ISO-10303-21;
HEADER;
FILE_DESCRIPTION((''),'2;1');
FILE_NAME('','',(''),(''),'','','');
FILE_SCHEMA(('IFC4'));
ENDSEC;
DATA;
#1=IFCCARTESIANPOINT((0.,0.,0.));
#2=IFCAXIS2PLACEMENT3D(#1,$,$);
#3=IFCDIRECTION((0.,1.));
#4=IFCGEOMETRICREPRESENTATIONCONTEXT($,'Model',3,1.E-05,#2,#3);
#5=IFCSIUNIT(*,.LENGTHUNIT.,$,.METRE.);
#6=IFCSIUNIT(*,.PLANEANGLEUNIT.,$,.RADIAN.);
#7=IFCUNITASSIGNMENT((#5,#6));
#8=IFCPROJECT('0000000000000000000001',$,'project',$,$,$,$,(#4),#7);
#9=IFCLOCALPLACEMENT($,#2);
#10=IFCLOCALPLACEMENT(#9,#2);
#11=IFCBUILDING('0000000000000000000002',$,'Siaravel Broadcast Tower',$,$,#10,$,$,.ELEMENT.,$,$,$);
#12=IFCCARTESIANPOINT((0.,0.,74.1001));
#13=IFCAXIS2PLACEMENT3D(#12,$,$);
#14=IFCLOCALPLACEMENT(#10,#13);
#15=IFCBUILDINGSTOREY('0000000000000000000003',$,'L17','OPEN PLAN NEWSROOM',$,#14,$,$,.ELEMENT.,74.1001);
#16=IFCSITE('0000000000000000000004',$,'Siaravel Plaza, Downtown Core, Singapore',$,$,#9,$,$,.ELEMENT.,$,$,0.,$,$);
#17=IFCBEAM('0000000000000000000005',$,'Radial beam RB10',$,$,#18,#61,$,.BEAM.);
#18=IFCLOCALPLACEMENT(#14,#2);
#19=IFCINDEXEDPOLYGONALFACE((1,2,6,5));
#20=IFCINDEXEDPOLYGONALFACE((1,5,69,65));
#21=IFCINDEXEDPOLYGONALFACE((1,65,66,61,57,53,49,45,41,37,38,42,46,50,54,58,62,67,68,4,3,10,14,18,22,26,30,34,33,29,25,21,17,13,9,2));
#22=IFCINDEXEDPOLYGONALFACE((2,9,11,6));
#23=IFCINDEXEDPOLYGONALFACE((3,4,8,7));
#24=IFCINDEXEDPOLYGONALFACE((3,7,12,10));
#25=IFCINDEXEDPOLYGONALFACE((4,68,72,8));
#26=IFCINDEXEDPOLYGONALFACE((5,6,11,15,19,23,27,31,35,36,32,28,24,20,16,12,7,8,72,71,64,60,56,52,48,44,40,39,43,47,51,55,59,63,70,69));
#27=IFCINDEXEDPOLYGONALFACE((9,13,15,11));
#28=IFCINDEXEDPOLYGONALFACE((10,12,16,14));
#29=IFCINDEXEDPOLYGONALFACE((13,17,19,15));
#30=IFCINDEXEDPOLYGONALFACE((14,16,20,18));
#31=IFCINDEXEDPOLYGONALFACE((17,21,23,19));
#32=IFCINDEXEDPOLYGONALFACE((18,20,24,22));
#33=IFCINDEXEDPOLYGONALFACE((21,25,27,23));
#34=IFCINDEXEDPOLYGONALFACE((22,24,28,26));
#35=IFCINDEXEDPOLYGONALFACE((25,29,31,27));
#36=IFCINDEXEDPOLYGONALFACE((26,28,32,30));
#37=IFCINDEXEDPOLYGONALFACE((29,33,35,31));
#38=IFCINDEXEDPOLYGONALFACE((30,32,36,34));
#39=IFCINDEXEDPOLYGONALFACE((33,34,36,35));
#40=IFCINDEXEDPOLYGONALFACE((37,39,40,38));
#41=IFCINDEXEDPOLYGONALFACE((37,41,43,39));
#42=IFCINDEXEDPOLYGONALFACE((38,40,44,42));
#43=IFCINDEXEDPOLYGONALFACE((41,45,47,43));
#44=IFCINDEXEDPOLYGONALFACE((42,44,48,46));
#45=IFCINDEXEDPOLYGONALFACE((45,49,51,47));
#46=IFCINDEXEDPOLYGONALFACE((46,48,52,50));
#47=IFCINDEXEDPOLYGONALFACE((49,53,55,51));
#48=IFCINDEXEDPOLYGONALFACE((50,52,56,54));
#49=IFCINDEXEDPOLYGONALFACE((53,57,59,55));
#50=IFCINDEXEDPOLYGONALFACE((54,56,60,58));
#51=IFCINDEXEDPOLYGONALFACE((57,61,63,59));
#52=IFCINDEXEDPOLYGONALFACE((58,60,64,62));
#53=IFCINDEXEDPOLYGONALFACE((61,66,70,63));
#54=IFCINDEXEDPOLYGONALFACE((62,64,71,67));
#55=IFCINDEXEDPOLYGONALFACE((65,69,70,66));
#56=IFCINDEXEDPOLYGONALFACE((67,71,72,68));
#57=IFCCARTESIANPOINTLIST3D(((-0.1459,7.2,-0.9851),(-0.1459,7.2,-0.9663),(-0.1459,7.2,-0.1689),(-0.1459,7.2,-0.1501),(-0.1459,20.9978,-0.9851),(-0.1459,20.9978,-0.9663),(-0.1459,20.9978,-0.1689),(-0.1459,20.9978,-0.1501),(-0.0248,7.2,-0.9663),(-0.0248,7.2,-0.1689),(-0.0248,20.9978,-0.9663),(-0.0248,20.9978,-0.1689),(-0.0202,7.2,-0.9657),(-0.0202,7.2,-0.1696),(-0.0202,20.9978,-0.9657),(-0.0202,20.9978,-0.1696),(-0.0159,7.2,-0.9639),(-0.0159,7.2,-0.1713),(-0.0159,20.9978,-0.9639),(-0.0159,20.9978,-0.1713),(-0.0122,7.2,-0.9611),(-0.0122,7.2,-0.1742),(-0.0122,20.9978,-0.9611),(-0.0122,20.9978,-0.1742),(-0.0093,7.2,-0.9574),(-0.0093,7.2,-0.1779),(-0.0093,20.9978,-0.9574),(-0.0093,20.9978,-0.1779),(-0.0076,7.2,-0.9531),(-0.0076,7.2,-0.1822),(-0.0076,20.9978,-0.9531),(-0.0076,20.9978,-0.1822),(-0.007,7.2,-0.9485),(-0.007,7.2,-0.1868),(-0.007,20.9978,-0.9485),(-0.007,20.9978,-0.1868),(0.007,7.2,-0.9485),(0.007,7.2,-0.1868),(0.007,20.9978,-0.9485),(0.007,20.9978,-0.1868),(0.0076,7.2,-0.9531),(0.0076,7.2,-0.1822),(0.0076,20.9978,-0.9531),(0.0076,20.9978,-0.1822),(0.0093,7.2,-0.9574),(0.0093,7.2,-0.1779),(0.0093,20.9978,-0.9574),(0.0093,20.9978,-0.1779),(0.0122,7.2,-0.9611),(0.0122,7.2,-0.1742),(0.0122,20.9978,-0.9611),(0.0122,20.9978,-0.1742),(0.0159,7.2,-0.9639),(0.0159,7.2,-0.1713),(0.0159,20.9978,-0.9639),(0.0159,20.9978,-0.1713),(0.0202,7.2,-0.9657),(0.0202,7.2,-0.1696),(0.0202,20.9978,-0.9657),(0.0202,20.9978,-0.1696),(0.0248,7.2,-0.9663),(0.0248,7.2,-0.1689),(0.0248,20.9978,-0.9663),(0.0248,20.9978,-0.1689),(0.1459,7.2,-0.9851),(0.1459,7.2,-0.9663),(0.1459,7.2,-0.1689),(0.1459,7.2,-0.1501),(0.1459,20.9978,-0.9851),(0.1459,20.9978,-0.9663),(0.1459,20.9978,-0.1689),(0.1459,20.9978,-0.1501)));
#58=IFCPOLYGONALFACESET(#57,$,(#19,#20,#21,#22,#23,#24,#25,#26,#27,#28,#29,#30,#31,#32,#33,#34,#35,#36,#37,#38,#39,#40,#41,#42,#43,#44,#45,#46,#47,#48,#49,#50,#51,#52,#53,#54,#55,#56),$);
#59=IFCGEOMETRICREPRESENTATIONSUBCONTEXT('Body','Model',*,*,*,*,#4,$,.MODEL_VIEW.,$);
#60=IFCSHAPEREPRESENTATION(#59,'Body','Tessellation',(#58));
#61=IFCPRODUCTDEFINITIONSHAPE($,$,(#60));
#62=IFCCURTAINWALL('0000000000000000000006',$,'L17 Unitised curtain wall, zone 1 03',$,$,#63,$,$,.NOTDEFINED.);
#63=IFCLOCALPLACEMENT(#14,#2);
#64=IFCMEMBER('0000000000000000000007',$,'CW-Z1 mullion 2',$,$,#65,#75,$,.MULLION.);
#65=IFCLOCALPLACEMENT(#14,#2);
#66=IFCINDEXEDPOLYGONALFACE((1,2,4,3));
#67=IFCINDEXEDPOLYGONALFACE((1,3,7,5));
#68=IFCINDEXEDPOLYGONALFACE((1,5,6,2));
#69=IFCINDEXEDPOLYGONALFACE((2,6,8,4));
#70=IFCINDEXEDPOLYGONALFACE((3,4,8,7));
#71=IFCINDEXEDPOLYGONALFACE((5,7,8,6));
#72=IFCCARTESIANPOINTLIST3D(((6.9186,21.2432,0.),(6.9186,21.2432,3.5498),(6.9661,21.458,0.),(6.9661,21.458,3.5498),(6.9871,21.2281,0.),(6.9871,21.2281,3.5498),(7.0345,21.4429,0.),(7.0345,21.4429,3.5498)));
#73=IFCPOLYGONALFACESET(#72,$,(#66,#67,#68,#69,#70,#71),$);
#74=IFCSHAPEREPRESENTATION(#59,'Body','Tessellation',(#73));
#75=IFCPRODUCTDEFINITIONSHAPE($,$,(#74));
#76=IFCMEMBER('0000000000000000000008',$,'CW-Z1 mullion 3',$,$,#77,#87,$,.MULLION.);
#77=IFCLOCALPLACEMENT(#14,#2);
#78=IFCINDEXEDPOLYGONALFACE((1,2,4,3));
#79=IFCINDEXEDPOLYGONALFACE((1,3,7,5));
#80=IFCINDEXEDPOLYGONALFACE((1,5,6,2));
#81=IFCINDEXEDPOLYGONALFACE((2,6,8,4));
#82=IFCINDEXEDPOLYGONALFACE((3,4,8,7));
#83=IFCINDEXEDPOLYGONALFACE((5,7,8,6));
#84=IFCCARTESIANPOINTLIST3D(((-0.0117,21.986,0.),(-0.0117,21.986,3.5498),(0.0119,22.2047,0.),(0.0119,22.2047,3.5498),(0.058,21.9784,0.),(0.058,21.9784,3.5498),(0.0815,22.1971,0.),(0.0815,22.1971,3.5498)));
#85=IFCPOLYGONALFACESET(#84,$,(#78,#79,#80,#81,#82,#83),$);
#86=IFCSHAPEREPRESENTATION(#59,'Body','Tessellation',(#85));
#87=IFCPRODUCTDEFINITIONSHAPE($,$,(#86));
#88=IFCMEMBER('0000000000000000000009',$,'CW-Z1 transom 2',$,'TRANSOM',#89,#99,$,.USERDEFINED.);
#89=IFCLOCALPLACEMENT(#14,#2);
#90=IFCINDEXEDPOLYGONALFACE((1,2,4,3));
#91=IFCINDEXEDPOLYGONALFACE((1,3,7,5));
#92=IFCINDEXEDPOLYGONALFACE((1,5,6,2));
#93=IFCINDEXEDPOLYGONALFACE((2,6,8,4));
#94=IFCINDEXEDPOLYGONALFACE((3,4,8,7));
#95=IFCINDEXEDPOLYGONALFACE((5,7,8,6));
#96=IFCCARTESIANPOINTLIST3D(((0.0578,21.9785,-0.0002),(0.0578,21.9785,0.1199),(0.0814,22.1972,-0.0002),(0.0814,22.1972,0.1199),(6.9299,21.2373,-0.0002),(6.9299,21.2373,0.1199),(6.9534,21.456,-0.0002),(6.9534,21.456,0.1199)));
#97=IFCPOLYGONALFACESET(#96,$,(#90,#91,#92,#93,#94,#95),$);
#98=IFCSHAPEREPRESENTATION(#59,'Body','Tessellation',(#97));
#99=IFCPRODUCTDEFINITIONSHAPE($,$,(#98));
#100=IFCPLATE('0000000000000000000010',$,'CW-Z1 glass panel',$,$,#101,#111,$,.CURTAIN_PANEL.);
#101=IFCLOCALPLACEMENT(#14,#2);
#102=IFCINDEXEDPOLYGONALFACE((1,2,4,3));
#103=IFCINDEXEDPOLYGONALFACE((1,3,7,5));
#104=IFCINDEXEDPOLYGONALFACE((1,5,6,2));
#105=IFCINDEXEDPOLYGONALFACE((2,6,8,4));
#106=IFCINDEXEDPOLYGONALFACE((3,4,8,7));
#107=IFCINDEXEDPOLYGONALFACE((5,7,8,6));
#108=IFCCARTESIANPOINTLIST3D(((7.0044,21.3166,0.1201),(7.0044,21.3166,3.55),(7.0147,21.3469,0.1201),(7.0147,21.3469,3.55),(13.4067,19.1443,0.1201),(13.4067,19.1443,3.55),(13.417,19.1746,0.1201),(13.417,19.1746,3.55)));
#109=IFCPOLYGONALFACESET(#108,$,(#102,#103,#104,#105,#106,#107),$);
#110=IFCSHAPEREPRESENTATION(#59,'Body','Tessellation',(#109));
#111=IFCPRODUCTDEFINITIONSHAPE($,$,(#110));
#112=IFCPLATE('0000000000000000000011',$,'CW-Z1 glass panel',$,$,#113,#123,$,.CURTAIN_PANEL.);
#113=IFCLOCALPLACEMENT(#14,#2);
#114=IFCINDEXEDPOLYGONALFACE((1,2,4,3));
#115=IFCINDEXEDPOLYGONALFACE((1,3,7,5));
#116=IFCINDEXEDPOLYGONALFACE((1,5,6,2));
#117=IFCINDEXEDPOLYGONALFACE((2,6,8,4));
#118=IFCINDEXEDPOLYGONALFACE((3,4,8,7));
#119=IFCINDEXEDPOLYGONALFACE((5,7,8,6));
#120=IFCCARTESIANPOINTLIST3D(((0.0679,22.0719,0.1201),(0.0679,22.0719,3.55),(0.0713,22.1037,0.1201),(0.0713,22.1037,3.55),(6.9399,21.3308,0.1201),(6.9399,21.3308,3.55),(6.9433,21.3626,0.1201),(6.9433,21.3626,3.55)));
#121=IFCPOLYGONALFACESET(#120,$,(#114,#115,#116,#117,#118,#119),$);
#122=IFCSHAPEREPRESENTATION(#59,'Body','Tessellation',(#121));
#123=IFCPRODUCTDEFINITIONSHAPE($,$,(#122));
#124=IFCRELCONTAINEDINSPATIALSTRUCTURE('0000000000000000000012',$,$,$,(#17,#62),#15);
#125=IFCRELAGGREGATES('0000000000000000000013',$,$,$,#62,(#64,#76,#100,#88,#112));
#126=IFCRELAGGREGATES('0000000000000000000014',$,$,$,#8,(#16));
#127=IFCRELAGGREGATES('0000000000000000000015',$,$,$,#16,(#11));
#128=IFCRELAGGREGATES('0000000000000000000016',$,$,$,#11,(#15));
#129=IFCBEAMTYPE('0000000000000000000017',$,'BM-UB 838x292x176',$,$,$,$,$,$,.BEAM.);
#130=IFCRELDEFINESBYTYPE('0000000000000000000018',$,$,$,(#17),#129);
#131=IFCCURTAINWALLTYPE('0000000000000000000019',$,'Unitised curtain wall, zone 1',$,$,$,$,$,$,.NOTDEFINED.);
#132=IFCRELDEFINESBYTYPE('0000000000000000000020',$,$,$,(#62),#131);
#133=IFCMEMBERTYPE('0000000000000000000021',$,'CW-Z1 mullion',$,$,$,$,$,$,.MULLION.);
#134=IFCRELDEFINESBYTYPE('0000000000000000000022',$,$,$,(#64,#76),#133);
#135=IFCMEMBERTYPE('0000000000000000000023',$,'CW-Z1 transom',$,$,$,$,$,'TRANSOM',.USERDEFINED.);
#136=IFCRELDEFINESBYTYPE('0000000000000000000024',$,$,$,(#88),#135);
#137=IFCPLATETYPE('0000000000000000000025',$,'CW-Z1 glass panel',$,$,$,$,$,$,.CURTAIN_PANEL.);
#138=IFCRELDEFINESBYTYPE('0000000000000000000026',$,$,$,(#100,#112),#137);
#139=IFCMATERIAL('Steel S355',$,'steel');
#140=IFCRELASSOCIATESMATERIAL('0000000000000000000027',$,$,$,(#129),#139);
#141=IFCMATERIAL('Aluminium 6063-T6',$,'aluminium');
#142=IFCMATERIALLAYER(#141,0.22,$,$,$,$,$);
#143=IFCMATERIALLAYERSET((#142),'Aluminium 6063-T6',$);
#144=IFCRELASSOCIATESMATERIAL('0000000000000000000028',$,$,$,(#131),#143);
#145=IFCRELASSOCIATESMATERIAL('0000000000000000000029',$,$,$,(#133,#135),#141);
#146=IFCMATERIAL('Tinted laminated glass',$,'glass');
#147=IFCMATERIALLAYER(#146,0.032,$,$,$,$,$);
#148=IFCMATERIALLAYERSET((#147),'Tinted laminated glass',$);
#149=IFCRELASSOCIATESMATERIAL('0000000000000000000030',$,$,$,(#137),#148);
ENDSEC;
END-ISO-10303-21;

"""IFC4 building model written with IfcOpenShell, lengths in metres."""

from ifc_helpers import new_model, si_unit, direction, frame, origin, origin_2d, place, context, subcontext, project, spatial, rectangle, i_section, extrude, material, layer, layer_set, material_profile, profile_set, type_object, element, aggregate, save


model = new_model("IFC4")

# Units and contexts
model_context = context("Model", 3, precision=1e-05, world=origin(), true_north=direction((0.0, 1.0)))
body_context = subcontext(model_context, "Body", "Model", "MODEL_VIEW")
ifc_project = project(units=[si_unit("LENGTHUNIT", "METRE"), si_unit("PLANEANGLEUNIT", "RADIAN")], contexts=[model_context])

# Site, building, storey
site_placement = place(None, origin())
site = spatial("IfcSite", under=ifc_project, at=site_placement, Name="Siaravel Plaza, Downtown Core, Singapore", CompositionType="ELEMENT", RefElevation=0.0)
building_placement = place(site_placement, origin())
building = spatial("IfcBuilding", under=site, at=building_placement, Name="Siaravel Broadcast Tower", CompositionType="ELEMENT")
storey_placement = place(building_placement, frame((0.0, 0.0, 74.1001)))
storey = spatial("IfcBuildingStorey", under=building, at=storey_placement, Name="L17", Description="OPEN PLAN NEWSROOM", CompositionType="ELEMENT", Elevation=74.1001)

# Beam
ifc_material_1 = material(Name="Steel S355", Category="steel")
ifc_material_profile_1 = material_profile(ifc_material_1, i_section(OverallWidth=0.2917, OverallDepth=0.835, WebThickness=0.0139, FlangeThickness=0.0188, FilletRadius=0.0178, at=origin_2d()))
ifc_profile_set_1 = profile_set([ifc_material_profile_1], Name="Steel S355")
beam_type = type_object("IfcBeamType", Name="BM-UB 838x292x176", PredefinedType="BEAM", material=ifc_profile_set_1)
beam_1_placement = place(storey_placement, frame((0.0, 20.9978, -0.5676), z_axis=(0.0, -1.0, 0.0), x_axis=(1.0, 0.0, 0.0)))
element("IfcBeam", 1, at=beam_1_placement, inside=storey, type_object=beam_type, Name="Radial beam RB10", PredefinedType="BEAM", context=body_context, shape_type="SweptSolid", body=[
    extrude(i_section(OverallWidth=0.2917, OverallDepth=0.835, WebThickness=0.0139, FlangeThickness=0.0188, FilletRadius=0.0178, at=origin_2d()), origin(), (0.0, 0.0, 1.0), 13.7979),
])

# Curtain wall, members, plates
ifc_material_2 = material(Name="Aluminium 6063-T6", Category="aluminium")
ifc_layer_1 = layer(ifc_material_2, 0.22)
ifc_layer_set_1 = layer_set([ifc_layer_1], Name="Aluminium 6063-T6")
curtain_wall_type = type_object("IfcCurtainWallType", Name="Unitised curtain wall, zone 1", PredefinedType="NOTDEFINED", material=ifc_layer_set_1)
curtain_wall_placement = place(storey_placement, origin())
curtain_wall = element("IfcCurtainWall", 2, at=curtain_wall_placement, inside=storey, type_object=curtain_wall_type, Name="L17 Unitised curtain wall, zone 1 03", PredefinedType="NOTDEFINED")
ifc_material_profile_2 = material_profile(ifc_material_2, rectangle(XDim=0.22, YDim=0.0701, at=origin_2d()))
ifc_profile_set_2 = profile_set([ifc_material_profile_2], Name="Aluminium 6063-T6")
member_type_1 = type_object("IfcMemberType", Name="CW-Z1 mullion", PredefinedType="MULLION", material=ifc_profile_set_2)
member_1_placement = place(storey_placement, frame((6.9766, 21.343, 0.0), z_axis=(0.0, 0.0, 1.0), x_axis=(-0.215558, -0.976491, 0.0)))
member_1 = element("IfcMember", 3, at=member_1_placement, type_object=member_type_1, Name="CW-Z1 mullion 2", PredefinedType="MULLION", context=body_context, shape_type="SweptSolid", body=[
    extrude(rectangle(XDim=0.22, YDim=0.0701, at=origin_2d()), origin(), (0.0, 0.0, 1.0), 3.5498),
])
member_2_placement = place(storey_placement, frame((0.0349, 22.0916, 0.0), z_axis=(0.0, 0.0, 1.0), x_axis=(-0.107218, -0.994236, 0.0)))
member_2 = element("IfcMember", 4, at=member_2_placement, type_object=member_type_1, Name="CW-Z1 mullion 3", PredefinedType="MULLION", context=body_context, shape_type="SweptSolid", body=[
    extrude(rectangle(XDim=0.22, YDim=0.0701, at=origin_2d()), origin(), (0.0, 0.0, 1.0), 3.5498),
])
ifc_material_profile_3 = material_profile(ifc_material_2, rectangle(XDim=0.22, YDim=0.1201, at=origin_2d()))
ifc_profile_set_3 = profile_set([ifc_material_profile_3], Name="Aluminium 6063-T6")
member_type_2 = type_object("IfcMemberType", Name="CW-Z1 transom", ElementType="TRANSOM", PredefinedType="USERDEFINED", material=ifc_profile_set_3)
member_3_placement = place(storey_placement, frame((6.9417, 21.3467, 0.0598), z_axis=(-0.994234, 0.107237, 0.0), x_axis=(-0.107237, -0.994234, 0.0)))
member_3 = element("IfcMember", 5, at=member_3_placement, type_object=member_type_2, Name="CW-Z1 transom 2", ObjectType="TRANSOM", PredefinedType="USERDEFINED", context=body_context, shape_type="SweptSolid", body=[
    extrude(rectangle(XDim=0.22, YDim=0.1201, at=origin_2d()), origin(), (0.0, 0.0, 1.0), 6.9119),
])
ifc_material_3 = material(Name="Tinted laminated glass", Category="glass")
ifc_layer_2 = layer(ifc_material_3, 0.032)
ifc_layer_set_2 = layer_set([ifc_layer_2], Name="Tinted laminated glass")
plate_type = type_object("IfcPlateType", Name="CW-Z1 glass panel", PredefinedType="CURTAIN_PANEL", material=ifc_layer_set_2)
plate_1_placement = place(storey_placement, frame((10.2107, 20.2456, 0.1201), z_axis=(0.0, 0.0, 1.0), x_axis=(-0.946977, 0.321301, 0.0)))
plate_1 = element("IfcPlate", 6, at=plate_1_placement, type_object=plate_type, Name="CW-Z1 glass panel", PredefinedType="CURTAIN_PANEL", context=body_context, shape_type="SweptSolid", body=[
    extrude(rectangle(XDim=6.7607, YDim=0.032, at=origin_2d()), origin(), (0.0, 0.0, 1.0), 3.4299),
])
plate_2_placement = place(storey_placement, frame((3.5056, 21.7173, 0.1201), z_axis=(0.0, 0.0, 1.0), x_axis=(-0.994236, 0.107218, 0.0)))
plate_2 = element("IfcPlate", 7, at=plate_2_placement, type_object=plate_type, Name="CW-Z1 glass panel", PredefinedType="CURTAIN_PANEL", context=body_context, shape_type="SweptSolid", body=[
    extrude(rectangle(XDim=6.9119, YDim=0.032, at=origin_2d()), origin(), (0.0, 0.0, 1.0), 3.4299),
])
aggregate(curtain_wall, [member_1, member_2, plate_1, member_3, plate_2])

save(model, "model.ifc")
